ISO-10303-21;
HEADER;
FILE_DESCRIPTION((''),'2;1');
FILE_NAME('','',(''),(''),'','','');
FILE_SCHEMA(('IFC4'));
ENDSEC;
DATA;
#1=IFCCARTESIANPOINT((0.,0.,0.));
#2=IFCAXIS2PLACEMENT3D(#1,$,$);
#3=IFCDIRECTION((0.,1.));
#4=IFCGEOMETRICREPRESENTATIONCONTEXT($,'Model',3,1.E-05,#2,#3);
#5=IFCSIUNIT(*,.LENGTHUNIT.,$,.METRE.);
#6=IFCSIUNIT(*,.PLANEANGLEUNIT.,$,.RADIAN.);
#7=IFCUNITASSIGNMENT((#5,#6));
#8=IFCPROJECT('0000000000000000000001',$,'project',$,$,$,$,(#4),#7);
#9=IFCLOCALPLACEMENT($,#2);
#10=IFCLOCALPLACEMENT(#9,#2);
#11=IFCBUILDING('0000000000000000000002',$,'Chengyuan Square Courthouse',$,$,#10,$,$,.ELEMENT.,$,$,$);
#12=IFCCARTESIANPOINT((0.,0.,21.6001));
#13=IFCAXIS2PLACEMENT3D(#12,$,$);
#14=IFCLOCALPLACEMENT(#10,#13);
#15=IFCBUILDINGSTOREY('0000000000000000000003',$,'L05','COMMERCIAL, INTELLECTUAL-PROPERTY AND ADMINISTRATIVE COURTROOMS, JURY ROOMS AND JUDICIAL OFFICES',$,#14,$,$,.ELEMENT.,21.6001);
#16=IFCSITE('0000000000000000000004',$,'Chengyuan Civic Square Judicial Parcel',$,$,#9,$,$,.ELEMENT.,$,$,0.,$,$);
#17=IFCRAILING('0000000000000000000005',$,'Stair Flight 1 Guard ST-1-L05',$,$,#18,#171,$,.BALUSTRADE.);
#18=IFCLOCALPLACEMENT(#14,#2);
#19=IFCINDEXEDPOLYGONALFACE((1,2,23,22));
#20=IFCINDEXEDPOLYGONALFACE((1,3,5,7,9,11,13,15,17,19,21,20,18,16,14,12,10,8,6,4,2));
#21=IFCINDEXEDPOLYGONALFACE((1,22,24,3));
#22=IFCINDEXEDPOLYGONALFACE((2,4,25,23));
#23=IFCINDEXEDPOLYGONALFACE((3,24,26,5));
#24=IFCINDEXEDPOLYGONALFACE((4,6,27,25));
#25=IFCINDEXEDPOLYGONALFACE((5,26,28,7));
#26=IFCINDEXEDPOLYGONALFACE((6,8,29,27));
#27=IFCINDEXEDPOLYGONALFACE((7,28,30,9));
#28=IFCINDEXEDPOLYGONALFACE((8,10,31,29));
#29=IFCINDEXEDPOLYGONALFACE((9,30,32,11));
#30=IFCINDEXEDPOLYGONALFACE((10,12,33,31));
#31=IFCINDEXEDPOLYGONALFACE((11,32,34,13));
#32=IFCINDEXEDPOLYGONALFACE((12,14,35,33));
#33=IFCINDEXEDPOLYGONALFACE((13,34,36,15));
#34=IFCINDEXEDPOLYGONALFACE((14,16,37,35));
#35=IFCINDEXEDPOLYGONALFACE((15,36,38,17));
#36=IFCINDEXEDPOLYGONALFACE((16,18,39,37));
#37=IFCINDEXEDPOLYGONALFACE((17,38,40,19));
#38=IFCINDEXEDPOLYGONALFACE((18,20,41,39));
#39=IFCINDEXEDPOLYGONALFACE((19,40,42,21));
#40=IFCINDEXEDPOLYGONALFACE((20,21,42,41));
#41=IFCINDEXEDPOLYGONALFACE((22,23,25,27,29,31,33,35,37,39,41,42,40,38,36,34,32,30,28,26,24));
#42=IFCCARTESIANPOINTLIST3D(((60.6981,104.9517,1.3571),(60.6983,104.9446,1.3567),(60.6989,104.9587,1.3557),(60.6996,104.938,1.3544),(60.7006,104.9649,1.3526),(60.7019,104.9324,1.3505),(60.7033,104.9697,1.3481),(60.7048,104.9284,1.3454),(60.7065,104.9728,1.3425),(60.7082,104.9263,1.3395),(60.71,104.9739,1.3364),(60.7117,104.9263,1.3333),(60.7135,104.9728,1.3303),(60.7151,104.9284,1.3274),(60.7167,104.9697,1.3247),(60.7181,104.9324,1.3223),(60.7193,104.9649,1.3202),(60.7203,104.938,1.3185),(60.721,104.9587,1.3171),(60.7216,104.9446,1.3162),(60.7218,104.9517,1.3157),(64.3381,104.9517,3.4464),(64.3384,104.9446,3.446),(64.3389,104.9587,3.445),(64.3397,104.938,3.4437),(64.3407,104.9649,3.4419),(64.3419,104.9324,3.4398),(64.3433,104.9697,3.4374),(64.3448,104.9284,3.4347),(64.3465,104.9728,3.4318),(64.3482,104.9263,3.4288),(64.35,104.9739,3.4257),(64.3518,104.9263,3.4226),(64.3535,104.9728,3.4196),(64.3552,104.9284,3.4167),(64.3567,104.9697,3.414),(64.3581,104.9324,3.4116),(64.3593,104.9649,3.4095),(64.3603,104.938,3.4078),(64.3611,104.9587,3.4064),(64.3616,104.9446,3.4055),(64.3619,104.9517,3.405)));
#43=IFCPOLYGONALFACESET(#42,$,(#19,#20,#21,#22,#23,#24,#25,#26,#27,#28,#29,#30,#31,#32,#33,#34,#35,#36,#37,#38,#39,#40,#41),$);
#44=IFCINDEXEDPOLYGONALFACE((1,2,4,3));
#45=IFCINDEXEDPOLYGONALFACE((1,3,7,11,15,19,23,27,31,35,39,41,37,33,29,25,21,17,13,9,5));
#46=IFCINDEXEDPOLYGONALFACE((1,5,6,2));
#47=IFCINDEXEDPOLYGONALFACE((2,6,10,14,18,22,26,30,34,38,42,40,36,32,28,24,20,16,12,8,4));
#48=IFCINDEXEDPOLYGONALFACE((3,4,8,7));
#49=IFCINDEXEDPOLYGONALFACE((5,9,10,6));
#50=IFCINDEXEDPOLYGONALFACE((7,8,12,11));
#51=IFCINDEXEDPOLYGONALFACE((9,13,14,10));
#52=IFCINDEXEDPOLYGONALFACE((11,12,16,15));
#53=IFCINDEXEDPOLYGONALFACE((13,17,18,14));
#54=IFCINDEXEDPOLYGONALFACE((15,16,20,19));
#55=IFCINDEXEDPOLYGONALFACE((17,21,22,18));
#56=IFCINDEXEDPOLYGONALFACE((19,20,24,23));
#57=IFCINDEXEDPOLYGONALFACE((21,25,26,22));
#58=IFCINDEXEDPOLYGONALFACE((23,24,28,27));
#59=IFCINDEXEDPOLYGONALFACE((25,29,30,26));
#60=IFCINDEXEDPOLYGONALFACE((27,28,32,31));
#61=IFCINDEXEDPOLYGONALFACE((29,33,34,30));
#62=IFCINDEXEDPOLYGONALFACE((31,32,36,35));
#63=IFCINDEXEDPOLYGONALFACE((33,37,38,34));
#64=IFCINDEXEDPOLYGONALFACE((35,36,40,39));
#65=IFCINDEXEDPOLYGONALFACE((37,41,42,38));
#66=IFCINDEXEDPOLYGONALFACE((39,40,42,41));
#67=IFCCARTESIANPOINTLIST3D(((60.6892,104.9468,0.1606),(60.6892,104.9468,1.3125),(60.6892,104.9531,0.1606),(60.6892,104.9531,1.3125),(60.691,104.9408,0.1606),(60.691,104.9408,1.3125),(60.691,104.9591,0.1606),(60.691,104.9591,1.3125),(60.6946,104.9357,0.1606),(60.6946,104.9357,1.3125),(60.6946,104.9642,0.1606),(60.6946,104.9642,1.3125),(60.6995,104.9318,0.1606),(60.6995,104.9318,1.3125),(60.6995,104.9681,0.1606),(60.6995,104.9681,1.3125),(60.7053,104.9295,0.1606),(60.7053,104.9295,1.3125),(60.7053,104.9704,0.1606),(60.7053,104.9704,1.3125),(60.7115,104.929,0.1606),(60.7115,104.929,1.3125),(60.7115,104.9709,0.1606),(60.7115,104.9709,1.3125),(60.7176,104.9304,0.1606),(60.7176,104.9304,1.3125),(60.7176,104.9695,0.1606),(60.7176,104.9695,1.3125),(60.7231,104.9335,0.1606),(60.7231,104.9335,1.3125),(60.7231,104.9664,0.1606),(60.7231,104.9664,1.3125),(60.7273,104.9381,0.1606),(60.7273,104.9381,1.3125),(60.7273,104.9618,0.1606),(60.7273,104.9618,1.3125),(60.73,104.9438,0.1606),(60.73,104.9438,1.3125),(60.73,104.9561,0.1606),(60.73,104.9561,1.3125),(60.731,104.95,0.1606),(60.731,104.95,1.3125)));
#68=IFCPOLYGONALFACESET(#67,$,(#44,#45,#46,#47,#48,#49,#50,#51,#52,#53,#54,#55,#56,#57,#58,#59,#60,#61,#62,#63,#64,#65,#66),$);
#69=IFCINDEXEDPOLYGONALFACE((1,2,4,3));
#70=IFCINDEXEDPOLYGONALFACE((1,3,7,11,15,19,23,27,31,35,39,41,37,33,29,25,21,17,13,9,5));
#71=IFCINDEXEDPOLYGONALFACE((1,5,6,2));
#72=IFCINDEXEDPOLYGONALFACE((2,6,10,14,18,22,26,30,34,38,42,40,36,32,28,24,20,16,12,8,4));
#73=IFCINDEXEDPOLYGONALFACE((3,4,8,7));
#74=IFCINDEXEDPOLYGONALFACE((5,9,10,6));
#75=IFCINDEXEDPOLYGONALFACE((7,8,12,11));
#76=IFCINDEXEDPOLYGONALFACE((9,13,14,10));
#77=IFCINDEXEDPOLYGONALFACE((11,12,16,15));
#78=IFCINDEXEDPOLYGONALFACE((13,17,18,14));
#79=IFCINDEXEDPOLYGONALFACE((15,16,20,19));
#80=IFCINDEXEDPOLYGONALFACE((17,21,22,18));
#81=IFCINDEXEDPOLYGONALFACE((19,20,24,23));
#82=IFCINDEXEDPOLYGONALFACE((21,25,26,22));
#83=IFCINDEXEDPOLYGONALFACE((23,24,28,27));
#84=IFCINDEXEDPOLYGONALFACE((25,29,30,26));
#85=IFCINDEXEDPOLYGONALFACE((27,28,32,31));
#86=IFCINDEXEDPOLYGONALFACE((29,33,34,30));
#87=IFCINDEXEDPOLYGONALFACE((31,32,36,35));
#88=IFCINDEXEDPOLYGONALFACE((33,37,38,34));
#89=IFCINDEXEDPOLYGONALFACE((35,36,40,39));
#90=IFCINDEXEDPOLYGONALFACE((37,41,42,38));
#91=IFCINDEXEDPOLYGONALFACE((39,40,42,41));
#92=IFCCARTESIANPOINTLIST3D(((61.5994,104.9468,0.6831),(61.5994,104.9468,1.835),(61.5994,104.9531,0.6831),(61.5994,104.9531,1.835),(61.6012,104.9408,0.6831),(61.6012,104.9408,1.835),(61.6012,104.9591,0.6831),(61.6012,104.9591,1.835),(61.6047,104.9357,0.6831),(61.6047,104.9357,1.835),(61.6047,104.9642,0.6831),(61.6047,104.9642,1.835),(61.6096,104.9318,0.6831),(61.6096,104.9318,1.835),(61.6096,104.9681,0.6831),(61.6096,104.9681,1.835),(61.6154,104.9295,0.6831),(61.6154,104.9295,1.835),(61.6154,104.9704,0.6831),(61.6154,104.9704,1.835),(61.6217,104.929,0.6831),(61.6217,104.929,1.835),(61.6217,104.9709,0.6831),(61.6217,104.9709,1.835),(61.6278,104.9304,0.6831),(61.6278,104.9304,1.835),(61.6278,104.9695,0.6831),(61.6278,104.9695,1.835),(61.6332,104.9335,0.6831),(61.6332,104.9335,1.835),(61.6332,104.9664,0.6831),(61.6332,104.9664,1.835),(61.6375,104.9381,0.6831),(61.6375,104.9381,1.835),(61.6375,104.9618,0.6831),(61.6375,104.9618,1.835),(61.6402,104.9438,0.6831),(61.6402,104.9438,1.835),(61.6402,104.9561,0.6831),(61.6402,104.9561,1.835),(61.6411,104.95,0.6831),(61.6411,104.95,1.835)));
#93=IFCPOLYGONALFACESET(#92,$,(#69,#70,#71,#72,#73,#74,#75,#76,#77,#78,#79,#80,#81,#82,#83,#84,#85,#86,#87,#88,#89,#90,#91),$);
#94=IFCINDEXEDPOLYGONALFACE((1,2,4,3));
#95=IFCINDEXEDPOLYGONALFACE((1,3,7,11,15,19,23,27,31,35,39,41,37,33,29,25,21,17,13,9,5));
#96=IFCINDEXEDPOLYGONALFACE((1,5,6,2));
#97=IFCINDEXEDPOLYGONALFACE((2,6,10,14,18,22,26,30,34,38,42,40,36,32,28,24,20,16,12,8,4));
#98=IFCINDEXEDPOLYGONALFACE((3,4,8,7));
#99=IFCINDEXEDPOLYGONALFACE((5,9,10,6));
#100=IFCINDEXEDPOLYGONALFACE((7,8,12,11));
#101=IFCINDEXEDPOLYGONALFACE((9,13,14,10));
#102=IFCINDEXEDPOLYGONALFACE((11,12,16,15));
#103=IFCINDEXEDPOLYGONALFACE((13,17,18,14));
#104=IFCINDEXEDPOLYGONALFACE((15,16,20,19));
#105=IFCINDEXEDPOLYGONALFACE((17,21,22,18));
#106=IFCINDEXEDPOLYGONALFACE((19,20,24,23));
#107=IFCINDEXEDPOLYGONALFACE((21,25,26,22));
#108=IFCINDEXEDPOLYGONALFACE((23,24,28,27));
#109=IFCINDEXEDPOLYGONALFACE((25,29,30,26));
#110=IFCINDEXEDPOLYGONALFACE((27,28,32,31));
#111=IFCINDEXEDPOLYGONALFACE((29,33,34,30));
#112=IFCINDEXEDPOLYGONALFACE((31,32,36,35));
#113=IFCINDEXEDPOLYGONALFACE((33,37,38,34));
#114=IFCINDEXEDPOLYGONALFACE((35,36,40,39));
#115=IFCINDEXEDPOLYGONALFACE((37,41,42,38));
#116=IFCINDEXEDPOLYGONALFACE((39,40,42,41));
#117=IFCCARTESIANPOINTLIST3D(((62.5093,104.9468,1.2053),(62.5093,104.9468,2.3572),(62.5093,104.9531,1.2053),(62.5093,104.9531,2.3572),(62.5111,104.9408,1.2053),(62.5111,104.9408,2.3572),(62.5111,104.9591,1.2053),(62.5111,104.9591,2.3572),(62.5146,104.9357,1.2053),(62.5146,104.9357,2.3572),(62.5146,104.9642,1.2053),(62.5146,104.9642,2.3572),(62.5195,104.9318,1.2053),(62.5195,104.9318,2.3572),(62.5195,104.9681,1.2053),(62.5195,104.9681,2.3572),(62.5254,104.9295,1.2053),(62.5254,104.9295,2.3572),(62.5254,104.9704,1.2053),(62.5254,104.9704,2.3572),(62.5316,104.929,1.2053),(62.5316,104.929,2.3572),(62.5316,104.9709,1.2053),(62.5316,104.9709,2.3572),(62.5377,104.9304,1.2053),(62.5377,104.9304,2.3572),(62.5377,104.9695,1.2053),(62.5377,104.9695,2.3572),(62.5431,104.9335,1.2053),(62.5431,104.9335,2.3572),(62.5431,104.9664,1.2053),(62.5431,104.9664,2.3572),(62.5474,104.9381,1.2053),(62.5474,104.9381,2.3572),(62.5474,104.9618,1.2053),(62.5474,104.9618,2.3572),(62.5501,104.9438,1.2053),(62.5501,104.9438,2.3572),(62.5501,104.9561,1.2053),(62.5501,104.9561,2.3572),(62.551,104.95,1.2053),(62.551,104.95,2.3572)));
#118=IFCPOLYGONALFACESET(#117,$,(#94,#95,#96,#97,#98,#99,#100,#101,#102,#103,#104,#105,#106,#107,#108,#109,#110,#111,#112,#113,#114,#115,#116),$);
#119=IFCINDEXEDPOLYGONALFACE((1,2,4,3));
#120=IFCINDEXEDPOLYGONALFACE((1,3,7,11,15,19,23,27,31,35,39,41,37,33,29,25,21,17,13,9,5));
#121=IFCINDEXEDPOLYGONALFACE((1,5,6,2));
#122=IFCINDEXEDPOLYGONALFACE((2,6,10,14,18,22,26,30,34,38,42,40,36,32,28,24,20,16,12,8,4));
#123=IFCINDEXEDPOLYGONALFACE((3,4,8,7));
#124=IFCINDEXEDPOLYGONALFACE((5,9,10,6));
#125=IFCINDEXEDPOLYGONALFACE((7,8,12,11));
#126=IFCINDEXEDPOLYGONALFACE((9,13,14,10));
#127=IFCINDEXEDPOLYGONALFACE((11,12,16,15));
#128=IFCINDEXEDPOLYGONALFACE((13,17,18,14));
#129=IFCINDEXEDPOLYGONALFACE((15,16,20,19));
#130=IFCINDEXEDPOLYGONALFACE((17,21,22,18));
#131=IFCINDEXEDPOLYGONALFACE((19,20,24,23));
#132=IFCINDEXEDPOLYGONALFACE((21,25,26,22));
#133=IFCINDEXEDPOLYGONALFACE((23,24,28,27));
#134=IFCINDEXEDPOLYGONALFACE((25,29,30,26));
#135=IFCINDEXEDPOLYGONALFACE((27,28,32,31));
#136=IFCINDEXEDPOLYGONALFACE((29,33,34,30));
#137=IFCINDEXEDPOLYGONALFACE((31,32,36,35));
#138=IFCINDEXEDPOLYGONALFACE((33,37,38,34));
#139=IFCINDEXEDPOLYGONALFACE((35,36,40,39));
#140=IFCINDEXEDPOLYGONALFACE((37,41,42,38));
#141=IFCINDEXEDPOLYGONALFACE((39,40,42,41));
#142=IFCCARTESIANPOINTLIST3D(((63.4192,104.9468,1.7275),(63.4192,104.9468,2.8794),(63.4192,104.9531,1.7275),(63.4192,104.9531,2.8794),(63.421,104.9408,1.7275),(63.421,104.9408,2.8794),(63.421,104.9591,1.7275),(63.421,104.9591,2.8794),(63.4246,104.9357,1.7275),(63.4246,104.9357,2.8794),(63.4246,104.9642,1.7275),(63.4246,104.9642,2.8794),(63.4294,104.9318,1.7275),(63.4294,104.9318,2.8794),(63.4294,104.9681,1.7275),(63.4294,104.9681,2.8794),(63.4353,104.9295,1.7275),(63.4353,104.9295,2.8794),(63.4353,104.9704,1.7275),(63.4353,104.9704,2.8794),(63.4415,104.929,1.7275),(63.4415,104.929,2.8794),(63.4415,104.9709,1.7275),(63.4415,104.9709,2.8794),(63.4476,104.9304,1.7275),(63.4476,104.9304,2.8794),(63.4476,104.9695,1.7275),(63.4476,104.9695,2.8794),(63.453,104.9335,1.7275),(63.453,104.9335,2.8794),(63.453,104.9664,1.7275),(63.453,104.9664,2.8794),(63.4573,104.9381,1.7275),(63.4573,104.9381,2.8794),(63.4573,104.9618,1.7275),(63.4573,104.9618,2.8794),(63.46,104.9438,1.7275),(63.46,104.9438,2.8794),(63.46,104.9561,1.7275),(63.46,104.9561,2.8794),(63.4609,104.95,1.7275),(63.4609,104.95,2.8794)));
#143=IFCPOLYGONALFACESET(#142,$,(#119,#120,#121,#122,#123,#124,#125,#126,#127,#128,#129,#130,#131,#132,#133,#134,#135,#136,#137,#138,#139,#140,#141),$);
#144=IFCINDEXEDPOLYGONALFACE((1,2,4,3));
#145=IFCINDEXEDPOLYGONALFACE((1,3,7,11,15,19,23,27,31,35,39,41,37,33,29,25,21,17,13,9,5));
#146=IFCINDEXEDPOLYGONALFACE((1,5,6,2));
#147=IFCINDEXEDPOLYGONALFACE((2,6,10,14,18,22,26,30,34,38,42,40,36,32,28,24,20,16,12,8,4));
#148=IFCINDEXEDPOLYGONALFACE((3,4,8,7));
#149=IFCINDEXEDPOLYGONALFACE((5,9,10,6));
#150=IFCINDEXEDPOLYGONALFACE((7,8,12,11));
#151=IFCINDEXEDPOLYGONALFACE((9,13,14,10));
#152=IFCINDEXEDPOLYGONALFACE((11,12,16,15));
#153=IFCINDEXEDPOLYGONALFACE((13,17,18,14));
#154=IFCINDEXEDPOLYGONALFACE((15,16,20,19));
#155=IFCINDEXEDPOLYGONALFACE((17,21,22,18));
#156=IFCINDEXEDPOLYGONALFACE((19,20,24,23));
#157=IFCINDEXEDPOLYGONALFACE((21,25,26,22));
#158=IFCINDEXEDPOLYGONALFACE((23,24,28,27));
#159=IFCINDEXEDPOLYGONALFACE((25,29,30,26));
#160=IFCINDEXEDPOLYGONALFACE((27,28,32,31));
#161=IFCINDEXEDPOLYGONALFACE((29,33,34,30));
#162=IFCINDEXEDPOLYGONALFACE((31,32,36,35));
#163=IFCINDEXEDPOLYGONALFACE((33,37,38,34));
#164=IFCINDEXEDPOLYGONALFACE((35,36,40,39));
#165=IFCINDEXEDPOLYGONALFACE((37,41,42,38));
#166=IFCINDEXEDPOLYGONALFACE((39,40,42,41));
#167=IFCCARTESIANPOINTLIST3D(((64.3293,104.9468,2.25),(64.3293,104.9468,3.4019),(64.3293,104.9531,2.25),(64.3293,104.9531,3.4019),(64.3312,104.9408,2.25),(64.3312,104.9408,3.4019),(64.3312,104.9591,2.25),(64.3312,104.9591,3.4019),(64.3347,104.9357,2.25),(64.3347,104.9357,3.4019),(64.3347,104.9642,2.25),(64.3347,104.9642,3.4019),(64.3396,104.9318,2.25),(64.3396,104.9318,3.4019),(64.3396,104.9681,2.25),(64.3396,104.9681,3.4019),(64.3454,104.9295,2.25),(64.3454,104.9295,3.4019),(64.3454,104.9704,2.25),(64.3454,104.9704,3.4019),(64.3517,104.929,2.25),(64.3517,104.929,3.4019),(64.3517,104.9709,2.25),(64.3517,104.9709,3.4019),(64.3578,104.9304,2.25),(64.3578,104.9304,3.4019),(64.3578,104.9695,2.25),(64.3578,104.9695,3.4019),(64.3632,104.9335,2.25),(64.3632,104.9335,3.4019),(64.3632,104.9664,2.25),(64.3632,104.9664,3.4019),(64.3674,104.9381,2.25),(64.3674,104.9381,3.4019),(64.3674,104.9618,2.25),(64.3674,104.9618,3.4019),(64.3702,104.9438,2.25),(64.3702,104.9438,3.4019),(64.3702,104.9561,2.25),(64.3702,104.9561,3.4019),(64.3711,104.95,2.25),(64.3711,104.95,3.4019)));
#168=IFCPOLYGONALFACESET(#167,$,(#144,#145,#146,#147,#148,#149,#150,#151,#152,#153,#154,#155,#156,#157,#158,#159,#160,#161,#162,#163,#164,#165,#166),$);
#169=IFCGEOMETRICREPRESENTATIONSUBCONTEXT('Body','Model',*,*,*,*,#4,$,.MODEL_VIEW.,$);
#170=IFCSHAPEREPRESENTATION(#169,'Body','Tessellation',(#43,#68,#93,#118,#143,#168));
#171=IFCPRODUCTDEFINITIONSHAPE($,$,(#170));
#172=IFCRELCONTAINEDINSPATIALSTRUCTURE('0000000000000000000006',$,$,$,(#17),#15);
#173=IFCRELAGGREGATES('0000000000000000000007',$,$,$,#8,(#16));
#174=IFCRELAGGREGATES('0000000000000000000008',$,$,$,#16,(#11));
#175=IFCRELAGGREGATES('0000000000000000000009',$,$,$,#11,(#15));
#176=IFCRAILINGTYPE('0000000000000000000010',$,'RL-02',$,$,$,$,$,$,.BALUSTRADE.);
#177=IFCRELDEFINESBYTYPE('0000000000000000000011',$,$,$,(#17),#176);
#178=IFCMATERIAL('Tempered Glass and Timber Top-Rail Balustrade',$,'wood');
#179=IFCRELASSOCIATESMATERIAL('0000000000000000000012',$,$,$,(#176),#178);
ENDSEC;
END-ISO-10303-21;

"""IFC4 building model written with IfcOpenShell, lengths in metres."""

from ifc_helpers import new_model, si_unit, direction, frame, origin, origin_2d, place, context, subcontext, project, spatial, circle, extrude, material, type_object, element, save


model = new_model("IFC4")

# Units and contexts
model_context = context("Model", 3, precision=1e-05, world=origin(), true_north=direction((0.0, 1.0)))
body_context = subcontext(model_context, "Body", "Model", "MODEL_VIEW")
ifc_project = project(units=[si_unit("LENGTHUNIT", "METRE"), si_unit("PLANEANGLEUNIT", "RADIAN")], contexts=[model_context])

# Site, building, storey
site_placement = place(None, origin())
site = spatial("IfcSite", under=ifc_project, at=site_placement, Name="Chengyuan Civic Square Judicial Parcel", CompositionType="ELEMENT", RefElevation=0.0)
building_placement = place(site_placement, origin())
building = spatial("IfcBuilding", under=site, at=building_placement, Name="Chengyuan Square Courthouse", CompositionType="ELEMENT")
storey_placement = place(building_placement, frame((0.0, 0.0, 21.6001)))
storey = spatial("IfcBuildingStorey", under=building, at=storey_placement, Name="L05", Description="COMMERCIAL, INTELLECTUAL-PROPERTY AND ADMINISTRATIVE COURTROOMS, JURY ROOMS AND JUDICIAL OFFICES", CompositionType="ELEMENT", Elevation=21.6001)

# Railing
ifc_material_1 = material(Name="Tempered Glass and Timber Top-Rail Balustrade", Category="wood")
railing_type_1 = type_object("IfcRailingType", Name="RL-02", PredefinedType="BALUSTRADE", material=ifc_material_1)
railing_1_placement = place(storey_placement, frame((60.71, 104.95, 0.1606)))
element("IfcRailing", 1, at=railing_1_placement, inside=storey, type_object=railing_type_1, Name="Stair Flight 1 Guard ST-1-L05", PredefinedType="BALUSTRADE", context=body_context, shape_type="SweptSolid", body=[
    extrude(circle(Radius=0.0239, at=origin_2d()), frame((0.0, 0.0, 1.1758), z_axis=(0.867289, 0.0, 0.497804), x_axis=(0.0, 1.0, 0.0)), (0.0, 0.0, 1.0), 4.197),
    extrude(circle(Radius=0.021, at=origin_2d()), origin(), (0.0, 0.0, 1.0), 1.1519),
    extrude(circle(Radius=0.021, at=origin_2d()), frame((0.9102, 0.0, 0.5225)), (0.0, 0.0, 1.0), 1.1519),
    extrude(circle(Radius=0.021, at=origin_2d()), frame((1.8201, 0.0, 1.0447)), (0.0, 0.0, 1.0), 1.1519),
    extrude(circle(Radius=0.021, at=origin_2d()), frame((2.73, 0.0, 1.5669)), (0.0, 0.0, 1.0), 1.1519),
    extrude(circle(Radius=0.021, at=origin_2d()), frame((3.6401, 0.0, 2.0894)), (0.0, 0.0, 1.0), 1.1519),
])

save(model, "model.ifc")
